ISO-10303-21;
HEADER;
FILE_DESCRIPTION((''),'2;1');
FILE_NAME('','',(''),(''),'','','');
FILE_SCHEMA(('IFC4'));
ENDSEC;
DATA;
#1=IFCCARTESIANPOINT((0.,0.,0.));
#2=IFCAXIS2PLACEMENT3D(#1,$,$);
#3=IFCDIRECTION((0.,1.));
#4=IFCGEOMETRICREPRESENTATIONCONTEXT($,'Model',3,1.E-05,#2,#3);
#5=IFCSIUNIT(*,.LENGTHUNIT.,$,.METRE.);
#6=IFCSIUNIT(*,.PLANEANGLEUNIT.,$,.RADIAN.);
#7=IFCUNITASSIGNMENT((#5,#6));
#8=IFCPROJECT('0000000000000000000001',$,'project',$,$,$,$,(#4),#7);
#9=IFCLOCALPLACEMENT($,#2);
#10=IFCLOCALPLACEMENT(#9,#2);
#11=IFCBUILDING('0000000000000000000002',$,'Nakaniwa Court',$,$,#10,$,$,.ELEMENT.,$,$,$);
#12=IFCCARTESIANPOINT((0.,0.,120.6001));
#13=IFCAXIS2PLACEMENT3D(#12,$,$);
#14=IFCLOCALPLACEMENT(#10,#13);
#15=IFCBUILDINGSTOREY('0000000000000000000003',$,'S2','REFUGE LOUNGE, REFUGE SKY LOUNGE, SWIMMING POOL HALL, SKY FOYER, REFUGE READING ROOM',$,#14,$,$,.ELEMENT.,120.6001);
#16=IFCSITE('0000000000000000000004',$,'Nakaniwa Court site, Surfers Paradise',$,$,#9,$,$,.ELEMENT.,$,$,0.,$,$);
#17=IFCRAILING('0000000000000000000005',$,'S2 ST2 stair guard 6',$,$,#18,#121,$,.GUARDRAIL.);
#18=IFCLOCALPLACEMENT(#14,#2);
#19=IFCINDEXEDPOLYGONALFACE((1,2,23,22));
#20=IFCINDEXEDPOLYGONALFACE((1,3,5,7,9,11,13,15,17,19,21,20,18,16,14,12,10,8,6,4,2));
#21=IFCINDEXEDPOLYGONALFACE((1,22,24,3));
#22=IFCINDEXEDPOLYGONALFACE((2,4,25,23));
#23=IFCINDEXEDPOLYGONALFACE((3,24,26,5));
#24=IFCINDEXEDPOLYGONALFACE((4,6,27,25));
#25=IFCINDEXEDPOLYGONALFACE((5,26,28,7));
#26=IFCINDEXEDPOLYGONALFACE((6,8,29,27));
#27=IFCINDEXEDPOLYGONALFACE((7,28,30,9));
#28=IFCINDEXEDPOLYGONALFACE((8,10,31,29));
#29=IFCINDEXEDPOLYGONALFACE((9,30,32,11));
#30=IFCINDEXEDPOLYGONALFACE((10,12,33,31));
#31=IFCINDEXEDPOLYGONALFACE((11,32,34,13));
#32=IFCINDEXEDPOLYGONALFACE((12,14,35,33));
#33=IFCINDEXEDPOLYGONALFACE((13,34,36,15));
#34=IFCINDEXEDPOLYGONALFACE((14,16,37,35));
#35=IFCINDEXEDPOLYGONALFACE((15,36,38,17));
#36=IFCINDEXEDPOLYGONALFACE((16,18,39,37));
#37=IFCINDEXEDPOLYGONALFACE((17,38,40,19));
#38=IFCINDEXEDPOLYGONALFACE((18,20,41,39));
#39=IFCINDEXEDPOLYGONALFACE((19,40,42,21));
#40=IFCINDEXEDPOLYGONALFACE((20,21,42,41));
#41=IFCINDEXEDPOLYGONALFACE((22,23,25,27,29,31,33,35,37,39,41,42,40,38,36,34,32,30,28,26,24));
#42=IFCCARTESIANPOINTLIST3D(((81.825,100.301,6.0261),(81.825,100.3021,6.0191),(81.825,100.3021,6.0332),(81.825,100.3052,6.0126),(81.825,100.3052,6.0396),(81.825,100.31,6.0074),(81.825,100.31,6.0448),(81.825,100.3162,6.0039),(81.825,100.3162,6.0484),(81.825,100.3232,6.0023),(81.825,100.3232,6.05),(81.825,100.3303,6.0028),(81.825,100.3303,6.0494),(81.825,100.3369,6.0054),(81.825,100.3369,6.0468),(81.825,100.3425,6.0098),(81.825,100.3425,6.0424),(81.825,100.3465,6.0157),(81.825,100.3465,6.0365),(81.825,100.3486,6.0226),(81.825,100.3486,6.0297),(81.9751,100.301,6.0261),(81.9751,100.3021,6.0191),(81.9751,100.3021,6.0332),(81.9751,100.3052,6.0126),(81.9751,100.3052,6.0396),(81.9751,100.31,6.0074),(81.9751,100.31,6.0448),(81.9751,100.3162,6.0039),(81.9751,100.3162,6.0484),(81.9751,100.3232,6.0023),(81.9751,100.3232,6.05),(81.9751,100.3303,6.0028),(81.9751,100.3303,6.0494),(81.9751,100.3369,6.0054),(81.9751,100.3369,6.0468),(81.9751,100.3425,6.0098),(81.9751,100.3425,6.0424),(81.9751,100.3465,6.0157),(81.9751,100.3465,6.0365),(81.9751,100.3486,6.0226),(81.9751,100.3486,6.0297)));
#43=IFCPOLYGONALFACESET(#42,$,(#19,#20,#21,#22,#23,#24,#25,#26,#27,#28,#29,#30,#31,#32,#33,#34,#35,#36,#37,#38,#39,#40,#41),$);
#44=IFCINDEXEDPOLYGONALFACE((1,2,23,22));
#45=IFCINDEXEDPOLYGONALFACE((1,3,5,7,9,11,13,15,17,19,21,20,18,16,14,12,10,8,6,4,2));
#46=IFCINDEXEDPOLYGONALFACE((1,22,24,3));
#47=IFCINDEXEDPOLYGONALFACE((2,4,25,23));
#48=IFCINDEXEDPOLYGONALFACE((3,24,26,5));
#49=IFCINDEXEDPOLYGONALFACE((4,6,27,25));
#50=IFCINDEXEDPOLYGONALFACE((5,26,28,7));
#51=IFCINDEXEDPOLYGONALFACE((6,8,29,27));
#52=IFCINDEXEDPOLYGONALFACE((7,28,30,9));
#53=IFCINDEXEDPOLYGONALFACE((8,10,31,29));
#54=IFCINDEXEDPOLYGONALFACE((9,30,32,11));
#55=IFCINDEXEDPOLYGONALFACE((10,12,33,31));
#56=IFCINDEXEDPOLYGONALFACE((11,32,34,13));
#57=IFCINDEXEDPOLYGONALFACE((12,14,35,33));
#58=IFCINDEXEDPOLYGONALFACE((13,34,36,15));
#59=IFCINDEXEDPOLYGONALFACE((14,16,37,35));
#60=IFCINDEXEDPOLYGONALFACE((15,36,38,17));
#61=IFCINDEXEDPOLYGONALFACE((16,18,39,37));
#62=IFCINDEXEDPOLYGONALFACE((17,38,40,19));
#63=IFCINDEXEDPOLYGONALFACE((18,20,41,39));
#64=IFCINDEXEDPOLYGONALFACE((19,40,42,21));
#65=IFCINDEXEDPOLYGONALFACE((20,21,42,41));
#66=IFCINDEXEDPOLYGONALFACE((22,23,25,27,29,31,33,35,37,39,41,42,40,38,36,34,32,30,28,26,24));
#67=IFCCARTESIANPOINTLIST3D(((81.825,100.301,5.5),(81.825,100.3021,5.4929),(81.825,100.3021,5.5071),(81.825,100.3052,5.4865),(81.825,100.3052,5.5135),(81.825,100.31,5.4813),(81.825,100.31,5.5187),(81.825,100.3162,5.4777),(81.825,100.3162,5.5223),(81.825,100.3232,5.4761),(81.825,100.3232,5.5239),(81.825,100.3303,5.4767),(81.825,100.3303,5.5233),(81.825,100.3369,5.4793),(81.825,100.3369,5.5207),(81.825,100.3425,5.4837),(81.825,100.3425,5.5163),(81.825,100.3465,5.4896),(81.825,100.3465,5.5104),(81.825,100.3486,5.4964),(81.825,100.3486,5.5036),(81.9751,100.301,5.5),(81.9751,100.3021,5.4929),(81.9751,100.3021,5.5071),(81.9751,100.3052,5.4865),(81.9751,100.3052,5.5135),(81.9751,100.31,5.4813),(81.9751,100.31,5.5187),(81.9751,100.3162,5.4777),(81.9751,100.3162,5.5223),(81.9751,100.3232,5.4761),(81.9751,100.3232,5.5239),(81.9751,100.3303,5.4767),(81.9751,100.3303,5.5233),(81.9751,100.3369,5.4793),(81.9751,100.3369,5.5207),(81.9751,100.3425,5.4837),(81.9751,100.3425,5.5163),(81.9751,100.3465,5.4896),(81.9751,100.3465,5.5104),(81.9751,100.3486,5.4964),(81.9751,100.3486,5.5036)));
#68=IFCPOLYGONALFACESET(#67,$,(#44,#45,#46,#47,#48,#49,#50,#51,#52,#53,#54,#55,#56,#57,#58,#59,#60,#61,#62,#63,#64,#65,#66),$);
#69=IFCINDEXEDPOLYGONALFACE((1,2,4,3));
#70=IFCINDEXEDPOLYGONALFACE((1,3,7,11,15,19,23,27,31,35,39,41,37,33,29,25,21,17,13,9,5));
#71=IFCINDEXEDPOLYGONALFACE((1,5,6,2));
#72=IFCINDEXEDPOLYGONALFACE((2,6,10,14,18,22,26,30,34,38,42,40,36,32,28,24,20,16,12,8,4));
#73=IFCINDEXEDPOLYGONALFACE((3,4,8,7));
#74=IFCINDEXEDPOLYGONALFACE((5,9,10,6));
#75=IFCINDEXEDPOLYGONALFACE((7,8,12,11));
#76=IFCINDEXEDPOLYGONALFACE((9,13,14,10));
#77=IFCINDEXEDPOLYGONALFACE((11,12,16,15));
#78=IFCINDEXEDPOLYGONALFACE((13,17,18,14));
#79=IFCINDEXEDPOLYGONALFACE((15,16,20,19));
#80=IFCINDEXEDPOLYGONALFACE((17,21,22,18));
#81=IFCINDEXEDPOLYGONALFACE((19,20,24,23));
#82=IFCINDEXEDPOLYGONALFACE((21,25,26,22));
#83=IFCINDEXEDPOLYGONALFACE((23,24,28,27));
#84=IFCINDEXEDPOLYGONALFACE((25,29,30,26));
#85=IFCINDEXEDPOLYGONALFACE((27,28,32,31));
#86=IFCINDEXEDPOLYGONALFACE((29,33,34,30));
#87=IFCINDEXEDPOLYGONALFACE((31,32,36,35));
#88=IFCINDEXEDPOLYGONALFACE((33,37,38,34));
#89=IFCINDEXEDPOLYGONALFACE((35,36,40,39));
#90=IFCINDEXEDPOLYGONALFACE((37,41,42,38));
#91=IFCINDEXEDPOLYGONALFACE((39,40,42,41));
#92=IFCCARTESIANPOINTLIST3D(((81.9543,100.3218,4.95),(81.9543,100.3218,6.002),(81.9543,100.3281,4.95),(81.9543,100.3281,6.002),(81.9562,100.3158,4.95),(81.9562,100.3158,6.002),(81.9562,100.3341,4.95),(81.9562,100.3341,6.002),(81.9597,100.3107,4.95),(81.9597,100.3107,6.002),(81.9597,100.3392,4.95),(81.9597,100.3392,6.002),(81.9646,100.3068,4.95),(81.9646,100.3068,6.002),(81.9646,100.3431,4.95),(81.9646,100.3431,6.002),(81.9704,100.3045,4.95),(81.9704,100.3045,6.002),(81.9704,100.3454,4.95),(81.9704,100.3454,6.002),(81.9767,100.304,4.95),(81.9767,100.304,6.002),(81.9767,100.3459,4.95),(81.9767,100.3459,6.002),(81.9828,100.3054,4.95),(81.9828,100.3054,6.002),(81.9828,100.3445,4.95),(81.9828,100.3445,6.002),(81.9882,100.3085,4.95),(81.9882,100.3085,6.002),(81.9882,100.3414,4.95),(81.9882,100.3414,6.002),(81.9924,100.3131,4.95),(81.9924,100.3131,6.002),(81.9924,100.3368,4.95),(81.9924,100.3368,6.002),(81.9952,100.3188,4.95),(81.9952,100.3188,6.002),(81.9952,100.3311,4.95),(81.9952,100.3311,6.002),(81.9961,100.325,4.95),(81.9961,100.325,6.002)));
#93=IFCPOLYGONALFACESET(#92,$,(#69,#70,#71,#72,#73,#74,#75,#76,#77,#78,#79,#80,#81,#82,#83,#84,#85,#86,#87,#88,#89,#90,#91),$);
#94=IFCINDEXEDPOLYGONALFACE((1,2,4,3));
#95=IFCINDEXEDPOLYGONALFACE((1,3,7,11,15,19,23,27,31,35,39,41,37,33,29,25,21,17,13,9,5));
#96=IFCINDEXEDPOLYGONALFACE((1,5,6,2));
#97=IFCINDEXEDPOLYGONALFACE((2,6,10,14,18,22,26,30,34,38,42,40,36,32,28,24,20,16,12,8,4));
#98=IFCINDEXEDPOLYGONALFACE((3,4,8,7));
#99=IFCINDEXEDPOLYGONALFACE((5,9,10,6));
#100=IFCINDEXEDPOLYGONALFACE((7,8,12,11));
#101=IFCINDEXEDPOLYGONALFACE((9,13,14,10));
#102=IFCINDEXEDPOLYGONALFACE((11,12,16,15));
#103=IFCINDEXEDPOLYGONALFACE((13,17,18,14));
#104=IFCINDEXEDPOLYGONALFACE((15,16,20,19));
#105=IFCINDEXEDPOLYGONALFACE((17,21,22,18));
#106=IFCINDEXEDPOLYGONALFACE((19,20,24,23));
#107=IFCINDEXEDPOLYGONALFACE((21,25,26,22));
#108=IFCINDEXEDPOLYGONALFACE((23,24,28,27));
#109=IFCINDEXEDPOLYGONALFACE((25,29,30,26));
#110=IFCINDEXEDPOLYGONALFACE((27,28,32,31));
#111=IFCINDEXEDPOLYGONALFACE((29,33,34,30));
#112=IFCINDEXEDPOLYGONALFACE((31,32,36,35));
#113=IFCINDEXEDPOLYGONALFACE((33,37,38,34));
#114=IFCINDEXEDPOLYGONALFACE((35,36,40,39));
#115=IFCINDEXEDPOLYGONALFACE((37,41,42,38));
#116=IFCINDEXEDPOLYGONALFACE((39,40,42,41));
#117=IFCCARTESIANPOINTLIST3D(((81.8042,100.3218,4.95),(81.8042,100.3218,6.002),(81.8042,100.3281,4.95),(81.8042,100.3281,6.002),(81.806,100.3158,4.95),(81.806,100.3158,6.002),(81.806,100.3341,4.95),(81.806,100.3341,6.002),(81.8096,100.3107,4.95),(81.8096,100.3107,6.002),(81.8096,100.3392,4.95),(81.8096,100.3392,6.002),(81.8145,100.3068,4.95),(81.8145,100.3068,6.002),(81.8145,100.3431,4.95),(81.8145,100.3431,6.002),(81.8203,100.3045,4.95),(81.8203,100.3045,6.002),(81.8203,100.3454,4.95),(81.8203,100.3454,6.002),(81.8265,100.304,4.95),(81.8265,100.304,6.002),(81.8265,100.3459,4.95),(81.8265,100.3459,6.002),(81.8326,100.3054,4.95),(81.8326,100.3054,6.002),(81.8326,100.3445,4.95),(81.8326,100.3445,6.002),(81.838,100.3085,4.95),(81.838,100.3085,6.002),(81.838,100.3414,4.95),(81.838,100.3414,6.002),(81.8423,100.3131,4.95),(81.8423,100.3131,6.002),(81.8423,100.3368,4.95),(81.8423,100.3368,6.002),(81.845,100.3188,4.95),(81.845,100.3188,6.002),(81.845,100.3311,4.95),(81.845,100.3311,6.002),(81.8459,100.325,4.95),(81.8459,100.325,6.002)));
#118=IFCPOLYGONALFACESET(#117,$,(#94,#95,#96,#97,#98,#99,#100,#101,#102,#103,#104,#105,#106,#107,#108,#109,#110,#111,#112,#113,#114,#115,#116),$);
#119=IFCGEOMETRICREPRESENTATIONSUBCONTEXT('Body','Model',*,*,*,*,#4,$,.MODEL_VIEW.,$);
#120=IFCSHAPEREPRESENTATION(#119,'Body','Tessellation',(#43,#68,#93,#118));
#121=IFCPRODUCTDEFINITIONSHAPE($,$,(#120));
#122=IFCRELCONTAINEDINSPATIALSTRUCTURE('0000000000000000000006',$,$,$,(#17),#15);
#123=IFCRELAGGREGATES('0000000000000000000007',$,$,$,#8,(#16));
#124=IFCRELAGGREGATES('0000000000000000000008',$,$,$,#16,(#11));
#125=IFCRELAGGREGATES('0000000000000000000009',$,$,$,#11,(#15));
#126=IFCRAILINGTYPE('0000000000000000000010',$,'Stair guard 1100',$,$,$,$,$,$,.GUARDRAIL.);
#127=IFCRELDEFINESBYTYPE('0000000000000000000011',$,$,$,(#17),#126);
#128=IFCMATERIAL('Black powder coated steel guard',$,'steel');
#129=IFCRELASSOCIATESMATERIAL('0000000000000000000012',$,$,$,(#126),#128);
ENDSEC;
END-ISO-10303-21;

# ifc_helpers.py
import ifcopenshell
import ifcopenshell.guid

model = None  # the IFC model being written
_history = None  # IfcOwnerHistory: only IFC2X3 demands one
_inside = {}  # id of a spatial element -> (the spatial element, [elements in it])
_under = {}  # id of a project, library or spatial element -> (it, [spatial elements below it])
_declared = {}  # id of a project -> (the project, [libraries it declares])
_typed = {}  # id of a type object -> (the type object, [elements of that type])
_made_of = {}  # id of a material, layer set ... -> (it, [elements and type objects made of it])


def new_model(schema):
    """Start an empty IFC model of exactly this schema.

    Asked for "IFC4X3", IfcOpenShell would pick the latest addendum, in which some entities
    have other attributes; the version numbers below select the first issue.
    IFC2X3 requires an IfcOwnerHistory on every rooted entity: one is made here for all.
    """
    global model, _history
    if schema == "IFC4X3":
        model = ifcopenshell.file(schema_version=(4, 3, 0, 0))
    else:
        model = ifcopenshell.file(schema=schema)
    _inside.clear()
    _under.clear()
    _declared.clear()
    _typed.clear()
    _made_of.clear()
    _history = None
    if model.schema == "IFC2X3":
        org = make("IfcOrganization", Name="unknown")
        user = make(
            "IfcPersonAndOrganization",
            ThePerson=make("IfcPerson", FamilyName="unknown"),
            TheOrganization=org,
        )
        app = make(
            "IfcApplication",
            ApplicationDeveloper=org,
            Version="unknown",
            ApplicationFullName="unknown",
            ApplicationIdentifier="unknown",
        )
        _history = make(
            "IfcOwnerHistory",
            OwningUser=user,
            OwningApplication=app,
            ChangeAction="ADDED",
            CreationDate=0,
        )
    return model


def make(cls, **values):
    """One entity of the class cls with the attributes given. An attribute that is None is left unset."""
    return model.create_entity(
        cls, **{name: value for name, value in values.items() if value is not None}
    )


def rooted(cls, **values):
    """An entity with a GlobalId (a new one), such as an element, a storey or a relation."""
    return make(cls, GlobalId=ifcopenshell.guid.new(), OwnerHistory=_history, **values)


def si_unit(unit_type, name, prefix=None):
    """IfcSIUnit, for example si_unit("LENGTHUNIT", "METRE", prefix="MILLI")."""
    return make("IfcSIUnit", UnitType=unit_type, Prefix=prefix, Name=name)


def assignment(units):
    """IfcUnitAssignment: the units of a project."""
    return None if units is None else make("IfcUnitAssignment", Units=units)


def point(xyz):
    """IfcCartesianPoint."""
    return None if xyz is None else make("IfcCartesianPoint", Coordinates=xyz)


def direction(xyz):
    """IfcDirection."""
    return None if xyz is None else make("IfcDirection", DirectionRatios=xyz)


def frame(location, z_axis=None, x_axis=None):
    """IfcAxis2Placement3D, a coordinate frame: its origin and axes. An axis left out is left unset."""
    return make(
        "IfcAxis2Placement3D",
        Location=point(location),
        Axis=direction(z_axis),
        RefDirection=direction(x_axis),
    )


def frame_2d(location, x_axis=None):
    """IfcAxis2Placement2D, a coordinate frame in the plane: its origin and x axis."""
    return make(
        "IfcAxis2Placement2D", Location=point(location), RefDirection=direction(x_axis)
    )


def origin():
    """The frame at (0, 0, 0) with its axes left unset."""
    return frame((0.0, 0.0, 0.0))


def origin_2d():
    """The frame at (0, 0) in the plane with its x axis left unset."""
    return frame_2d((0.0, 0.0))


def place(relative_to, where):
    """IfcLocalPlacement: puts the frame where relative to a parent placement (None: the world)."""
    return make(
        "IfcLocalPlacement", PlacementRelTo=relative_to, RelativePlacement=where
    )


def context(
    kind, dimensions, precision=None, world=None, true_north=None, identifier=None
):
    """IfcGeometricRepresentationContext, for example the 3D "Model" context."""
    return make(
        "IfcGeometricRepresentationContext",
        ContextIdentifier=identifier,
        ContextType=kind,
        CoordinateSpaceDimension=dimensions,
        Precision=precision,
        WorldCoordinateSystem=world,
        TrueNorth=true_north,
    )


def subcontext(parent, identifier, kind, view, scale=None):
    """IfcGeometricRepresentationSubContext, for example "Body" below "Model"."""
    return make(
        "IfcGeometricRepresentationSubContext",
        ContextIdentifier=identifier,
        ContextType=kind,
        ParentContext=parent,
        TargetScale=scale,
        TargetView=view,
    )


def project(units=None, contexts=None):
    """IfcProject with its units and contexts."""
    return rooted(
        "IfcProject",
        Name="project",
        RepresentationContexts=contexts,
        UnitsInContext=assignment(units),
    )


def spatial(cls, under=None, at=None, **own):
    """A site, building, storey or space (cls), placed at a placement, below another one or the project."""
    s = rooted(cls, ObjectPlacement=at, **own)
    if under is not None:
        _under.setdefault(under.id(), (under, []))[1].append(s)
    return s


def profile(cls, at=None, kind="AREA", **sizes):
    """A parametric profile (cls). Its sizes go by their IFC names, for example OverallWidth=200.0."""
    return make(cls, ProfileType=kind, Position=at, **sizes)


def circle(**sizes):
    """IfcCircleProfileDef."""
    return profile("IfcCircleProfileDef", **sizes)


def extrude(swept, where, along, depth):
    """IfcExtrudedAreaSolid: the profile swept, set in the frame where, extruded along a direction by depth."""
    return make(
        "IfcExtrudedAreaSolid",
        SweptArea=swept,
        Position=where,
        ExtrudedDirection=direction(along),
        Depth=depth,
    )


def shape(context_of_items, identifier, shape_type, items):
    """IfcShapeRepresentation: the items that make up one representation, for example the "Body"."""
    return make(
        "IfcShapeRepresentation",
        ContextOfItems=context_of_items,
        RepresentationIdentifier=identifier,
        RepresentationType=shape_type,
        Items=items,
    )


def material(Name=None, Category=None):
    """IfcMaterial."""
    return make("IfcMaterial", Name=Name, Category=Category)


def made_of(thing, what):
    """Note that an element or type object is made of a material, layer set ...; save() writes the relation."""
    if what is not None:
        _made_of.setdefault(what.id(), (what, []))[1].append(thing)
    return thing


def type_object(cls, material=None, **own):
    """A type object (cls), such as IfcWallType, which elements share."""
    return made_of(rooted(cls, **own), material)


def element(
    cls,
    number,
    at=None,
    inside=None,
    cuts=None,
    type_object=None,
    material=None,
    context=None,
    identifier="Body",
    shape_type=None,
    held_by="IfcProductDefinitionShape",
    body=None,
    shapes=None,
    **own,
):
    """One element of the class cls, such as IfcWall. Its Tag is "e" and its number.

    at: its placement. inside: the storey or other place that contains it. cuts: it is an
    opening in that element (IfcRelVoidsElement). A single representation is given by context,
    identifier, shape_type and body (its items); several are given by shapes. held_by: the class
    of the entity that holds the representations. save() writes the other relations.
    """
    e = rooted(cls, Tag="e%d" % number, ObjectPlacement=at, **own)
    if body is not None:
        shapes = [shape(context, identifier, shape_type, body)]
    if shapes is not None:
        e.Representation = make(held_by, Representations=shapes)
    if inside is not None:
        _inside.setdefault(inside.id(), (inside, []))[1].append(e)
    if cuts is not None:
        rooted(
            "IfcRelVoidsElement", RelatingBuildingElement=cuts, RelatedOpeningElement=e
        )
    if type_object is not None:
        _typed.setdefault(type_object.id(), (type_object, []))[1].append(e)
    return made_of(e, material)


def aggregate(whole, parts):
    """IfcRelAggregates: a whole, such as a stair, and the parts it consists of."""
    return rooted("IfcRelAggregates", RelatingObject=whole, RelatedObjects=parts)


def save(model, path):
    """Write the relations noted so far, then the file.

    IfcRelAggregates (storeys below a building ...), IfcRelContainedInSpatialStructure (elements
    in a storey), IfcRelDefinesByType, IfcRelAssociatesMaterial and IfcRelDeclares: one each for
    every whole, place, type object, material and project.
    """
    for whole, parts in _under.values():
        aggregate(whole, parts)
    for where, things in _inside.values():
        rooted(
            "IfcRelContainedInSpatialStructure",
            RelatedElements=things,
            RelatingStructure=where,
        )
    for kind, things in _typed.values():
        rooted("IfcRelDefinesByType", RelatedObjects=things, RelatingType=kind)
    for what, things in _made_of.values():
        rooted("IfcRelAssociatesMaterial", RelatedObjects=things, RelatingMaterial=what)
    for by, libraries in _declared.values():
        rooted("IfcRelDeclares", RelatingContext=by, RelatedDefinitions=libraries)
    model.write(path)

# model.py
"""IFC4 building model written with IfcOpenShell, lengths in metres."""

from ifc_helpers import new_model, si_unit, direction, frame, origin, origin_2d, place, context, subcontext, project, spatial, circle, extrude, material, type_object, element, save


model = new_model("IFC4")

# Units and contexts
model_context = context("Model", 3, precision=1e-05, world=origin(), true_north=direction((0.0, 1.0)))
body_context = subcontext(model_context, "Body", "Model", "MODEL_VIEW")
ifc_project = project(units=[si_unit("LENGTHUNIT", "METRE"), si_unit("PLANEANGLEUNIT", "RADIAN")], contexts=[model_context])

# Site, building, storey
site_placement = place(None, origin())
site = spatial("IfcSite", under=ifc_project, at=site_placement, Name="Nakaniwa Court site, Surfers Paradise", CompositionType="ELEMENT", RefElevation=0.0)
building_placement = place(site_placement, origin())
building = spatial("IfcBuilding", under=site, at=building_placement, Name="Nakaniwa Court", CompositionType="ELEMENT")
storey_placement = place(building_placement, frame((0.0, 0.0, 120.6001)))
storey = spatial("IfcBuildingStorey", under=building, at=storey_placement, Name="S2", Description="REFUGE LOUNGE, REFUGE SKY LOUNGE, SWIMMING POOL HALL, SKY FOYER, REFUGE READING ROOM", CompositionType="ELEMENT", Elevation=120.6001)

# Railing
ifc_material_1 = material(Name="Black powder coated steel guard", Category="steel")
railing_type_1 = type_object("IfcRailingType", Name="Stair guard 1100", PredefinedType="GUARDRAIL", material=ifc_material_1)
railing_1_placement = place(storey_placement, frame((81.9751, 100.325, 4.95)))
element("IfcRailing", 1, at=railing_1_placement, inside=storey, type_object=railing_type_1, Name="S2 ST2 stair guard 6", PredefinedType="GUARDRAIL", context=body_context, shape_type="SweptSolid", body=[
    extrude(circle(Radius=0.0239, at=origin_2d()), frame((0.0, 0.0, 1.0762), z_axis=(-1.0, 0.0, 0.0), x_axis=(0.0, -1.0, 0.0)), (0.0, 0.0, 1.0), 0.1501),
    extrude(circle(Radius=0.0239, at=origin_2d()), frame((0.0, 0.0, 0.55), z_axis=(-1.0, 0.0, 0.0), x_axis=(0.0, -1.0, 0.0)), (0.0, 0.0, 1.0), 0.1501),
    extrude(circle(Radius=0.021, at=origin_2d()), origin(), (0.0, 0.0, 1.0), 1.052),
    extrude(circle(Radius=0.021, at=origin_2d()), frame((-0.1501, 0.0, 0.0)), (0.0, 0.0, 1.0), 1.052),
])

save(model, "model.ifc")
